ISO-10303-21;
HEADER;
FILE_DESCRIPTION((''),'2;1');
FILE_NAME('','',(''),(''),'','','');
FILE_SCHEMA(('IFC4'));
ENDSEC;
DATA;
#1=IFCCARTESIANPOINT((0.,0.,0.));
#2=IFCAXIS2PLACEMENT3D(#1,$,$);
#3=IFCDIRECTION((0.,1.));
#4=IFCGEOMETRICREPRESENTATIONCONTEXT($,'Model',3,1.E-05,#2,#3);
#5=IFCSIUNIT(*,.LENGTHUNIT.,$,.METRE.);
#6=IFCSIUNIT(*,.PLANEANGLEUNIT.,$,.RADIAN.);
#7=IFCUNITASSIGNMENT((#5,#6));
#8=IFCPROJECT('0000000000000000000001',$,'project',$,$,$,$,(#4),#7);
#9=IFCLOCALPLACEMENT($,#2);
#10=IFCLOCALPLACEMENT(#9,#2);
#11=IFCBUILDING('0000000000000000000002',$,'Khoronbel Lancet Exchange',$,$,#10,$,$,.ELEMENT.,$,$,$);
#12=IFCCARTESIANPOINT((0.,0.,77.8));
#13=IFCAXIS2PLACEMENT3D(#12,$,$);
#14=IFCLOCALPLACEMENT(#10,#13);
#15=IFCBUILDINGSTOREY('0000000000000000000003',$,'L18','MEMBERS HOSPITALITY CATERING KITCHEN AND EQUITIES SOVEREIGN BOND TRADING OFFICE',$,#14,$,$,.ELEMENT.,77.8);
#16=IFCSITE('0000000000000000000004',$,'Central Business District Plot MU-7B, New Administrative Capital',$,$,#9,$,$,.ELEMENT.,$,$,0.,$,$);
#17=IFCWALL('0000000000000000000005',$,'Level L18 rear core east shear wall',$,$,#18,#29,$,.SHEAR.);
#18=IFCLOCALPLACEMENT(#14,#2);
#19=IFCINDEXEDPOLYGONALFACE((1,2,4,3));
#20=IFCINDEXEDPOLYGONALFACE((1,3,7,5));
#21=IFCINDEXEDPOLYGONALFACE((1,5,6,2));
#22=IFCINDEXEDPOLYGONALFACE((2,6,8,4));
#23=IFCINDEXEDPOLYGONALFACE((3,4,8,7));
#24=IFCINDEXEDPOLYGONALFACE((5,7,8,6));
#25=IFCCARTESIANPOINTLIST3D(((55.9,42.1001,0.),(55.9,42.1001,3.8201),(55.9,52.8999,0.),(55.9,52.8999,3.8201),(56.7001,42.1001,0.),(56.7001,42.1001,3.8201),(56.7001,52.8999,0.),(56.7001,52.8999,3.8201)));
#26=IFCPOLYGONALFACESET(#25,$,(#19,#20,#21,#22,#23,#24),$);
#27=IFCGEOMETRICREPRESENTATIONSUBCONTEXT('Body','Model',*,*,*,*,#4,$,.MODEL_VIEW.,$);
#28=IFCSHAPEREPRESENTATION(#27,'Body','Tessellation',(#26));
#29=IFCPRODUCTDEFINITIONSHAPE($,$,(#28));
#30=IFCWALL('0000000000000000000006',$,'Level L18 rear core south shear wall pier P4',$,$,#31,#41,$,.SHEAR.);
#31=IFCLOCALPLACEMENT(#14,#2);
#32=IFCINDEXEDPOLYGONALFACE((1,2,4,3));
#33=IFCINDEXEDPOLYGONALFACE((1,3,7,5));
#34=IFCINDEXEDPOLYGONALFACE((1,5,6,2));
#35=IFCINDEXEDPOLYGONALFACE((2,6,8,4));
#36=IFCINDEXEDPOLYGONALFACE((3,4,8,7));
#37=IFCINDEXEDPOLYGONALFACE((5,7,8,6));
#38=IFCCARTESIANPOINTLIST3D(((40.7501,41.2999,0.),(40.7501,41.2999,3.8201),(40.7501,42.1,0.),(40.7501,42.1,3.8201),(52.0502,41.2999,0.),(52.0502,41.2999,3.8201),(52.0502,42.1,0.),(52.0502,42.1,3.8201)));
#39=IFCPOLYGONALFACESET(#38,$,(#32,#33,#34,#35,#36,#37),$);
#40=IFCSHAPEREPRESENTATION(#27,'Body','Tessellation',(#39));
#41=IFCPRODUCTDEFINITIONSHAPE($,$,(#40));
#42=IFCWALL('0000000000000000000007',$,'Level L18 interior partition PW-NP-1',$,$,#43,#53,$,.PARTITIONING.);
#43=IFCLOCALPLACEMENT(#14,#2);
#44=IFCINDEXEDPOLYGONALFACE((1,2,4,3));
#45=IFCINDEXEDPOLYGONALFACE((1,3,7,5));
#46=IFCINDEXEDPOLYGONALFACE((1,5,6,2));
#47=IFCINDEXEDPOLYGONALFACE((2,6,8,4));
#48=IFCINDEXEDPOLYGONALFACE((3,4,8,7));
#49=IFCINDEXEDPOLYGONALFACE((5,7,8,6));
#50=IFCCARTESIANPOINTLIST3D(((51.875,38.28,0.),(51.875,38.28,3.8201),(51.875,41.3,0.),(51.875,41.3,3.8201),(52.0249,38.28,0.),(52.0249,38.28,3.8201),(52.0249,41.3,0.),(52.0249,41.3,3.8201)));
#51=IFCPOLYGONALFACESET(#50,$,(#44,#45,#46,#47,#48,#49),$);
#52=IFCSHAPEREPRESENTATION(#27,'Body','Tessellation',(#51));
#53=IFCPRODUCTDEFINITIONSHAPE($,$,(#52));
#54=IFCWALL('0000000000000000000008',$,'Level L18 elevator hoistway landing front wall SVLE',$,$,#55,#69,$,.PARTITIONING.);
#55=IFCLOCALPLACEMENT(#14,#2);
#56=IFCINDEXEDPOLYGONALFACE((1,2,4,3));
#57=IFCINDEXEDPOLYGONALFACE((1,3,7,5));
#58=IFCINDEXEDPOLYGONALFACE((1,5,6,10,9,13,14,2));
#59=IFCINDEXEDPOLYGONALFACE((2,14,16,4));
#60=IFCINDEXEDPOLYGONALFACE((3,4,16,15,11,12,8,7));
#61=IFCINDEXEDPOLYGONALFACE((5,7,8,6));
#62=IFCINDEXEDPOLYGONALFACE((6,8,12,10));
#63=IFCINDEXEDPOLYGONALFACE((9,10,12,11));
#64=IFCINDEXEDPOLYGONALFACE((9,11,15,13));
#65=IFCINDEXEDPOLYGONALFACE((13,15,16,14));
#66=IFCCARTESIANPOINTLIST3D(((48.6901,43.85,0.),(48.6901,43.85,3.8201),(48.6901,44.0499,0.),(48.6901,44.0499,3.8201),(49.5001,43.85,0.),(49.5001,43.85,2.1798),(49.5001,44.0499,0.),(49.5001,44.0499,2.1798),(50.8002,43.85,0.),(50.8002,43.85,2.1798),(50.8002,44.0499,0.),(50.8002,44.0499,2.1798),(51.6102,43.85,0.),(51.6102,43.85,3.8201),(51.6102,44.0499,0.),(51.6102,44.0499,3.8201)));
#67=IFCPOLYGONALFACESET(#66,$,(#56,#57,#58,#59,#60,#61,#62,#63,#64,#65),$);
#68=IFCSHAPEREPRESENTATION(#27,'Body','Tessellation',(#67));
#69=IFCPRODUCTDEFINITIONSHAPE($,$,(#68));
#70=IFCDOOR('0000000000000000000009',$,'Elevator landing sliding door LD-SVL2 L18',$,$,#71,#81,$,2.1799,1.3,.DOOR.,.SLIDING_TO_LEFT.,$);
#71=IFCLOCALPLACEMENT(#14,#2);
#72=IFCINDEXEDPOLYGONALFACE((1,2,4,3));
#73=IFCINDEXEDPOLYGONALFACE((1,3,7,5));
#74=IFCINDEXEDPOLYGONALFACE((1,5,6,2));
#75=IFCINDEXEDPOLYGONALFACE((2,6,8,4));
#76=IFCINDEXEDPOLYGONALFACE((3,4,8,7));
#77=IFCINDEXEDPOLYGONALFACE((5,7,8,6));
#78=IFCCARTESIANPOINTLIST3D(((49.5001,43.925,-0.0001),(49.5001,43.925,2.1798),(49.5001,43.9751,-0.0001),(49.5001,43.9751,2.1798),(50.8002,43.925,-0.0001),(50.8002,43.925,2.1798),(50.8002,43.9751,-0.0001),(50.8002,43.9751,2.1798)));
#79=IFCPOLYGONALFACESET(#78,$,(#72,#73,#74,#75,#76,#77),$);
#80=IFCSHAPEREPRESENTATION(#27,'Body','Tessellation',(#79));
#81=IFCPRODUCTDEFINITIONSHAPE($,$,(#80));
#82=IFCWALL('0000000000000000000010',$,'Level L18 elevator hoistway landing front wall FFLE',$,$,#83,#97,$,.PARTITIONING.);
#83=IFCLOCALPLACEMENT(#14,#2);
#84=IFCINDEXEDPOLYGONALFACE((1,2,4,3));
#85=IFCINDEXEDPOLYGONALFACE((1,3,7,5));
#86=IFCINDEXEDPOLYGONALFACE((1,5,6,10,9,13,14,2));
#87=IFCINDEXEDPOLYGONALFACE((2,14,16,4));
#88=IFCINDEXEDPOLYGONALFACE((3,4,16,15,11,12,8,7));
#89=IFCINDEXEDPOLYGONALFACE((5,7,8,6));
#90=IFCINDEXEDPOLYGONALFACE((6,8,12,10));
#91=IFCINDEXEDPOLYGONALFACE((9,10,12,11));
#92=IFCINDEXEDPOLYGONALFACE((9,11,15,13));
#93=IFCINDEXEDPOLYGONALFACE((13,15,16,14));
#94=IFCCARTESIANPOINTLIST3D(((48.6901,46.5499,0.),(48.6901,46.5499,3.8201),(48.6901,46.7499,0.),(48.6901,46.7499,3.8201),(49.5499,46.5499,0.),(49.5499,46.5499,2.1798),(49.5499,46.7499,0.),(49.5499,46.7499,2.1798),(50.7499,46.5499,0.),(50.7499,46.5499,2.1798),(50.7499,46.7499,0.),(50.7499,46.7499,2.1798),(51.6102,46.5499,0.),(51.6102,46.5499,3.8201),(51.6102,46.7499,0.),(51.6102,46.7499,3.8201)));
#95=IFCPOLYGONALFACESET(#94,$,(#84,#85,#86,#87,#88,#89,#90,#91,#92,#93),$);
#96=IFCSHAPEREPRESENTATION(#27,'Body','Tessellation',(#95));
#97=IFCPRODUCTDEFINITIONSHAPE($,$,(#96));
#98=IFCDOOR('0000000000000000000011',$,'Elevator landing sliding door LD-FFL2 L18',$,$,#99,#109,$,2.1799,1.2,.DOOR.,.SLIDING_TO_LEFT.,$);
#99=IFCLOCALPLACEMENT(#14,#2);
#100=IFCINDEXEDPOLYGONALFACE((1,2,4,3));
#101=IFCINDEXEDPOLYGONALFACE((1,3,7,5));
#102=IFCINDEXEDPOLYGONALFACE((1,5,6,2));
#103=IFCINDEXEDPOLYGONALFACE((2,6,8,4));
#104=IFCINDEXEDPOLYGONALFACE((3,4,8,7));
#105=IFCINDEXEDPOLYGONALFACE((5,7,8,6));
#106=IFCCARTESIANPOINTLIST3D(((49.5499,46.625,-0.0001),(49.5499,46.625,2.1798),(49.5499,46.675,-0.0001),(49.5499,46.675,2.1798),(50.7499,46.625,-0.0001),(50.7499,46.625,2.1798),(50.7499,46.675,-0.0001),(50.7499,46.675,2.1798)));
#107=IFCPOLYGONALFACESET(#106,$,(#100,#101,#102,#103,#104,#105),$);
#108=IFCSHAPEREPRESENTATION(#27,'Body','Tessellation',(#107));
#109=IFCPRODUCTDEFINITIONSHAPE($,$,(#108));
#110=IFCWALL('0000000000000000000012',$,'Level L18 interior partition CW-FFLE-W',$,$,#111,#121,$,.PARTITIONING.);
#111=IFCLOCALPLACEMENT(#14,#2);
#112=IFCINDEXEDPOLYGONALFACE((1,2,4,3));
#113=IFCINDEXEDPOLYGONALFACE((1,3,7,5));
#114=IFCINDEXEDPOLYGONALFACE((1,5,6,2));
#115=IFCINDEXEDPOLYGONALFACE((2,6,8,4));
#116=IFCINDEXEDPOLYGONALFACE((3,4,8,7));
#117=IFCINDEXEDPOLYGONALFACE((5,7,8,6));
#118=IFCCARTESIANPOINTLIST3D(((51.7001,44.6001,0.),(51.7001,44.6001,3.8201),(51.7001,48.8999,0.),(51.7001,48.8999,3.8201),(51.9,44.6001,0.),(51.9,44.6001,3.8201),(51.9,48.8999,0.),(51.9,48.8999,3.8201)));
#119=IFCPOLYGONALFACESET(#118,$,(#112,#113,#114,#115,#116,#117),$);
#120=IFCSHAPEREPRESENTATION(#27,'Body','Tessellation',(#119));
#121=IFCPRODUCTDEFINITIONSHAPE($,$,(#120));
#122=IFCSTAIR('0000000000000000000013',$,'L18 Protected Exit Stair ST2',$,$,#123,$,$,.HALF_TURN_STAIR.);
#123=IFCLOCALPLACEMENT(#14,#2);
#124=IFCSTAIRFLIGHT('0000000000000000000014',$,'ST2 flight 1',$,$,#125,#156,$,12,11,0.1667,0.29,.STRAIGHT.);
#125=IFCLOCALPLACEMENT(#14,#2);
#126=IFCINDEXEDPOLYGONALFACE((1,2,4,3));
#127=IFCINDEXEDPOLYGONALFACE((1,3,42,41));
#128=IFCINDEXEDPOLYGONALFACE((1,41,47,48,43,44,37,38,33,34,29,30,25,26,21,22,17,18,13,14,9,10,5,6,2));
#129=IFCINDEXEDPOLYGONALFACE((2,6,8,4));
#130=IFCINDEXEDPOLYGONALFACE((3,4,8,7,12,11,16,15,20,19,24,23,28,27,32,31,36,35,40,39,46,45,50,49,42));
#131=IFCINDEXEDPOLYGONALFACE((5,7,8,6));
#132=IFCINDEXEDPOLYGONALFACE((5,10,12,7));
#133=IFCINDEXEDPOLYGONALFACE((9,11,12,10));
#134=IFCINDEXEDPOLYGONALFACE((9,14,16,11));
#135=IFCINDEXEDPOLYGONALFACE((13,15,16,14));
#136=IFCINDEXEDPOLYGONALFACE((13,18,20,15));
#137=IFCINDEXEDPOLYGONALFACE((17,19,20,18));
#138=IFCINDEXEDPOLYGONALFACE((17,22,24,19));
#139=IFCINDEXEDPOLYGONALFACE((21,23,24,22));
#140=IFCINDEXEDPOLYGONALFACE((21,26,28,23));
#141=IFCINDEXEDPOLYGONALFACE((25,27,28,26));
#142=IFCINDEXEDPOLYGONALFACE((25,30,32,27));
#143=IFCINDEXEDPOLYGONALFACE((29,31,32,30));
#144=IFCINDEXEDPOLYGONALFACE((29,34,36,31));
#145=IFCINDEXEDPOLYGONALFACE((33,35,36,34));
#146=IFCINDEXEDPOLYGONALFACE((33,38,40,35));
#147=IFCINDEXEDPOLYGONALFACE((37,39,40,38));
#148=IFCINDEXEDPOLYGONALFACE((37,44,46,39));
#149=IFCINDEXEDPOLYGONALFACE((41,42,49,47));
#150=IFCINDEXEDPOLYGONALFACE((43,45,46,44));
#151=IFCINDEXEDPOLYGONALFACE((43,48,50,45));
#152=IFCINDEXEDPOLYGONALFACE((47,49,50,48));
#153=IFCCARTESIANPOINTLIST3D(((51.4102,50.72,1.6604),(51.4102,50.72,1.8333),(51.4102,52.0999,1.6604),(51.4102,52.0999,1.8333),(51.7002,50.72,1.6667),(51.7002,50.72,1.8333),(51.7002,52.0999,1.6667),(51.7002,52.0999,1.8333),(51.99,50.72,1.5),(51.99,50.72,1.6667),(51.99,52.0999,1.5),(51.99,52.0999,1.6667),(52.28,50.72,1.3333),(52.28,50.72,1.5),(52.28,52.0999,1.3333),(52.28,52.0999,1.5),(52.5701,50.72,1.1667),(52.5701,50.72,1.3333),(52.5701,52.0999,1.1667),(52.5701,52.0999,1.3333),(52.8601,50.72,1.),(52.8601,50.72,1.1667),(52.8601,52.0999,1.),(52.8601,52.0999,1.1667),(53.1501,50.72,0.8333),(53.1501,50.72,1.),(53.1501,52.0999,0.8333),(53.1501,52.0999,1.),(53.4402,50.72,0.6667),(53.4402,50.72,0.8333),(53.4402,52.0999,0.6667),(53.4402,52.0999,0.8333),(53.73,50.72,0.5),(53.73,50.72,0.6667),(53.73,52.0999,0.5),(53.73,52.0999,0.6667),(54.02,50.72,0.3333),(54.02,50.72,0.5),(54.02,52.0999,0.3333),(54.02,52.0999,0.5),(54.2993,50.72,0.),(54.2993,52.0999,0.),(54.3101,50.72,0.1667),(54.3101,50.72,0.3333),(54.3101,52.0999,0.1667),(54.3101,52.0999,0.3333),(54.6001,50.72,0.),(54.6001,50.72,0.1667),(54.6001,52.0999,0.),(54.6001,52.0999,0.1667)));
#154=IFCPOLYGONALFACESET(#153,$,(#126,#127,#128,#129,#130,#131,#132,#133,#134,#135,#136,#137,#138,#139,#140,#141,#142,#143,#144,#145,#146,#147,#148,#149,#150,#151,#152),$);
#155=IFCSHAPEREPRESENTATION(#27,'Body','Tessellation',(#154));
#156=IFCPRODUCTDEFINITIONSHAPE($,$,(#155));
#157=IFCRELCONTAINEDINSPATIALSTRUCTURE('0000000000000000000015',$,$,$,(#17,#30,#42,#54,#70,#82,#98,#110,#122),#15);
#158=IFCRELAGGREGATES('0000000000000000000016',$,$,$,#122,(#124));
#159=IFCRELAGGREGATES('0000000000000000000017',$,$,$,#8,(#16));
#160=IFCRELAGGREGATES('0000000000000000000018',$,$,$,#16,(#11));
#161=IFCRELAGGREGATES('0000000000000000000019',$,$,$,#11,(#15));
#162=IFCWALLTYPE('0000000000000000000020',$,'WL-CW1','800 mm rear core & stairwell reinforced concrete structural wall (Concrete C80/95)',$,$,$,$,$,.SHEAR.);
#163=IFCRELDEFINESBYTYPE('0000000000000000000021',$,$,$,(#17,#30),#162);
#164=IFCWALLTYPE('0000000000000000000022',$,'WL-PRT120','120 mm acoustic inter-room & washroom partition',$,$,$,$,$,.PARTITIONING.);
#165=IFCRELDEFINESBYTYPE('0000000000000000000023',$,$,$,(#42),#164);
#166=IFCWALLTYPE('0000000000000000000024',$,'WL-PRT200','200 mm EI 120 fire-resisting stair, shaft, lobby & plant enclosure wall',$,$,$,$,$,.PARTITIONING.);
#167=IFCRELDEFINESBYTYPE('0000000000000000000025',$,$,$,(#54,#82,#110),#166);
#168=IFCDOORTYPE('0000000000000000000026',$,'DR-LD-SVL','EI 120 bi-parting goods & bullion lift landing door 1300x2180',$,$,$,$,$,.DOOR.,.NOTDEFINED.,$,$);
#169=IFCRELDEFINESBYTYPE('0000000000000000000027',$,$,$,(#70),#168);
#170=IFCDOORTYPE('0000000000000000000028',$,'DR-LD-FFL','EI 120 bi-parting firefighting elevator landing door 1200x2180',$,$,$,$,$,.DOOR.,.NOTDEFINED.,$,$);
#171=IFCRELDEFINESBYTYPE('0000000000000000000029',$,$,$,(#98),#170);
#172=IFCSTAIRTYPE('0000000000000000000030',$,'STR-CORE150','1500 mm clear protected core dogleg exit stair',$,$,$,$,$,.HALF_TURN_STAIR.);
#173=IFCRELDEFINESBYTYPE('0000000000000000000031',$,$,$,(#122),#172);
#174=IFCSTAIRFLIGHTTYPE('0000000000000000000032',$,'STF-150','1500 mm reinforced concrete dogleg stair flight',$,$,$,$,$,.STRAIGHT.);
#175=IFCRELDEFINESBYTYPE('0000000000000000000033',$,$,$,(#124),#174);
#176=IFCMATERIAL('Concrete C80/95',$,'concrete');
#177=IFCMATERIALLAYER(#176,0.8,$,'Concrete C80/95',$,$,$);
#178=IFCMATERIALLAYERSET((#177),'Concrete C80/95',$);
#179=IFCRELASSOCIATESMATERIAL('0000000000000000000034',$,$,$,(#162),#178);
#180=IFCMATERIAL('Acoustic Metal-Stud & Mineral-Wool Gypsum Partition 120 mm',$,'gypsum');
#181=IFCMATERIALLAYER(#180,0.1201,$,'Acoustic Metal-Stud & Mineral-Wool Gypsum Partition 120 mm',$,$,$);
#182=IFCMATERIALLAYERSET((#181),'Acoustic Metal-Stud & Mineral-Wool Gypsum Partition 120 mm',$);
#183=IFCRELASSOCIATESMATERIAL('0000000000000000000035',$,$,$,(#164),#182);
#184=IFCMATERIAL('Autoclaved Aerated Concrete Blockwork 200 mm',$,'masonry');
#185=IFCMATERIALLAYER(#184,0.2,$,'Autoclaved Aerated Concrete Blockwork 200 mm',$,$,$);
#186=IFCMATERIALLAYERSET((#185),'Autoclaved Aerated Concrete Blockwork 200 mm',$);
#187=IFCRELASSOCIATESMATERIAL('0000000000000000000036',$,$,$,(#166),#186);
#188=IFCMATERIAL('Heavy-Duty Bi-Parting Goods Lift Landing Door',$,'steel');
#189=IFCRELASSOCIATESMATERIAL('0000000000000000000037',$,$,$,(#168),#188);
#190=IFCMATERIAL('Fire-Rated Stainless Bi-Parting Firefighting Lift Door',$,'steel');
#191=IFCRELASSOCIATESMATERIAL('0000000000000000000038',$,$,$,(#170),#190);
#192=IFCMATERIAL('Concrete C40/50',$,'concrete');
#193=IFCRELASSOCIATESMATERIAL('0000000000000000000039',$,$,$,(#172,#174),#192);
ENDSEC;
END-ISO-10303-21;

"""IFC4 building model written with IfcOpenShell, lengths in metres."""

from ifc_helpers import new_model, si_unit, direction, frame, frame_2d, origin, place, context, subcontext, project, spatial, polyline, rectangle, outline, extrude, material, layer, layer_set, type_object, element, fill, aggregate, save


model = new_model("IFC4")

# Units and contexts
model_context = context("Model", 3, precision=1e-05, world=origin(), true_north=direction((0.0, 1.0)))
body_context = subcontext(model_context, "Body", "Model", "MODEL_VIEW")
ifc_project = project(units=[si_unit("LENGTHUNIT", "METRE"), si_unit("PLANEANGLEUNIT", "RADIAN")], contexts=[model_context])

# Site, building, storey
site_placement = place(None, origin())
site = spatial("IfcSite", under=ifc_project, at=site_placement, Name="Central Business District Plot MU-7B, New Administrative Capital", CompositionType="ELEMENT", RefElevation=0.0)
building_placement = place(site_placement, origin())
building = spatial("IfcBuilding", under=site, at=building_placement, Name="Khoronbel Lancet Exchange", CompositionType="ELEMENT")
storey_placement = place(building_placement, frame((0.0, 0.0, 77.8)))
storey = spatial("IfcBuildingStorey", under=building, at=storey_placement, Name="L18", Description="MEMBERS HOSPITALITY CATERING KITCHEN AND EQUITIES SOVEREIGN BOND TRADING OFFICE", CompositionType="ELEMENT", Elevation=77.8)

# Shared definitions
ifc_material_1 = material(Name="Concrete C80/95", Category="concrete")

# Walls
ifc_layer_1 = layer(ifc_material_1, 0.8, Name="Concrete C80/95")
ifc_layer_set_1 = layer_set([ifc_layer_1], Name="Concrete C80/95")
wall_type_1 = type_object("IfcWallType", Name="WL-CW1", Description="800 mm rear core & stairwell reinforced concrete structural wall (Concrete C80/95)", PredefinedType="SHEAR", material=ifc_layer_set_1)
wall_1_placement = place(storey_placement, frame((56.3, 52.8999, 0.0), z_axis=(0.0, 0.0, 1.0), x_axis=(0.0, -1.0, 0.0)))
element("IfcWall", 1, at=wall_1_placement, inside=storey, type_object=wall_type_1, Name="Level L18 rear core east shear wall", PredefinedType="SHEAR", context=body_context, shape_type="SweptSolid", body=[
    extrude(rectangle(XDim=10.7998, YDim=0.8, at=frame_2d((5.3999, 0.0))), origin(), (0.0, 0.0, 1.0), 3.8201),
])
wall_2_placement = place(storey_placement, frame((52.05, 41.7, 0.0), z_axis=(0.0, 0.0, 1.0), x_axis=(-1.0, 0.0, 0.0)))
element("IfcWall", 2, at=wall_2_placement, inside=storey, type_object=wall_type_1, Name="Level L18 rear core south shear wall pier P4", PredefinedType="SHEAR", context=body_context, shape_type="SweptSolid", body=[
    extrude(rectangle(XDim=11.3, YDim=0.8, at=frame_2d((5.6499, 0.0))), origin(), (0.0, 0.0, 1.0), 3.8201),
])
ifc_material_2 = material(Name="Acoustic Metal-Stud & Mineral-Wool Gypsum Partition 120 mm", Category="gypsum")
ifc_layer_2 = layer(ifc_material_2, 0.1201, Name="Acoustic Metal-Stud & Mineral-Wool Gypsum Partition 120 mm")
ifc_layer_set_2 = layer_set([ifc_layer_2], Name="Acoustic Metal-Stud & Mineral-Wool Gypsum Partition 120 mm")
wall_type_2 = type_object("IfcWallType", Name="WL-PRT120", Description="120 mm acoustic inter-room & washroom partition", PredefinedType="PARTITIONING", material=ifc_layer_set_2)
wall_3_placement = place(storey_placement, frame((51.95, 38.28, 0.0), z_axis=(0.0, 0.0, 1.0), x_axis=(0.0, 1.0, 0.0)))
element("IfcWall", 3, at=wall_3_placement, inside=storey, type_object=wall_type_2, Name="Level L18 interior partition PW-NP-1", PredefinedType="PARTITIONING", context=body_context, shape_type="SweptSolid", body=[
    extrude(rectangle(XDim=3.02, YDim=0.1499, at=frame_2d((1.51, 0.0))), origin(), (0.0, 0.0, 1.0), 3.8201),
])

# Walls, openings, doors
ifc_material_3 = material(Name="Autoclaved Aerated Concrete Blockwork 200 mm", Category="masonry")
ifc_layer_3 = layer(ifc_material_3, 0.2, Name="Autoclaved Aerated Concrete Blockwork 200 mm")
ifc_layer_set_3 = layer_set([ifc_layer_3], Name="Autoclaved Aerated Concrete Blockwork 200 mm")
wall_type_3 = type_object("IfcWallType", Name="WL-PRT200", Description="200 mm EI 120 fire-resisting stair, shaft, lobby & plant enclosure wall", PredefinedType="PARTITIONING", material=ifc_layer_set_3)
wall_4_placement = place(storey_placement, frame((51.6101, 43.95, 0.0), z_axis=(0.0, 0.0, 1.0), x_axis=(-1.0, 0.0, 0.0)))
wall_4 = element("IfcWall", 4, at=wall_4_placement, inside=storey, type_object=wall_type_3, Name="Level L18 elevator hoistway landing front wall SVLE", PredefinedType="PARTITIONING", context=body_context, shape_type="SweptSolid", body=[
    extrude(rectangle(XDim=2.9202, YDim=0.2, at=frame_2d((1.46, 0.0))), origin(), (0.0, 0.0, 1.0), 3.8201),
])
opening_1_placement = place(wall_4_placement, frame((0.8101, 0.0, 0.0)))
opening_1 = element("IfcOpeningElement", 5, at=opening_1_placement, cuts=wall_4, PredefinedType="OPENING", context=body_context, shape_type="SweptSolid", body=[
    extrude(rectangle(XDim=1.3, YDim=2.1799, at=frame_2d((0.6499, 1.0898))), frame((0.0, 0.1099, 0.0), z_axis=(0.0, -1.0, 0.0), x_axis=(1.0, 0.0, 0.0)), (0.0, 0.0, 1.0), 0.22),
])
ifc_material_4 = material(Name="Heavy-Duty Bi-Parting Goods Lift Landing Door", Category="steel")
door_type_1 = type_object("IfcDoorType", Name="DR-LD-SVL", Description="EI 120 bi-parting goods & bullion lift landing door 1300x2180", OperationType="NOTDEFINED", PredefinedType="DOOR", material=ifc_material_4)
door_1_placement = place(opening_1_placement, origin())
door_1 = element("IfcDoor", 6, at=door_1_placement, inside=storey, type_object=door_type_1, Name="Elevator landing sliding door LD-SVL2 L18", OperationType="SLIDING_TO_LEFT", OverallHeight=2.1799, OverallWidth=1.3, PredefinedType="DOOR", context=body_context, shape_type="SweptSolid", body=[
    extrude(rectangle(XDim=1.3, YDim=2.1799, at=frame_2d((0.6499, 1.0898))), frame((0.0, 0.0249, 0.0), z_axis=(0.0, -1.0, 0.0), x_axis=(1.0, 0.0, 0.0)), (0.0, 0.0, 1.0), 0.05),
])
fill(opening_1, door_1)
wall_5_placement = place(storey_placement, frame((51.6101, 46.6499, 0.0), z_axis=(0.0, 0.0, 1.0), x_axis=(-1.0, 0.0, 0.0)))
wall_5 = element("IfcWall", 7, at=wall_5_placement, inside=storey, type_object=wall_type_3, Name="Level L18 elevator hoistway landing front wall FFLE", PredefinedType="PARTITIONING", context=body_context, shape_type="SweptSolid", body=[
    extrude(rectangle(XDim=2.9202, YDim=0.2, at=frame_2d((1.46, 0.0))), origin(), (0.0, 0.0, 1.0), 3.8201),
])
opening_2_placement = place(wall_5_placement, frame((0.8601, 0.0, 0.0)))
opening_2 = element("IfcOpeningElement", 8, at=opening_2_placement, cuts=wall_5, PredefinedType="OPENING", context=body_context, shape_type="SweptSolid", body=[
    extrude(rectangle(XDim=1.2, YDim=2.1799, at=frame_2d((0.6001, 1.0898))), frame((0.0, 0.1099, 0.0), z_axis=(0.0, -1.0, 0.0), x_axis=(1.0, 0.0, 0.0)), (0.0, 0.0, 1.0), 0.22),
])
ifc_material_5 = material(Name="Fire-Rated Stainless Bi-Parting Firefighting Lift Door", Category="steel")
door_type_2 = type_object("IfcDoorType", Name="DR-LD-FFL", Description="EI 120 bi-parting firefighting elevator landing door 1200x2180", OperationType="NOTDEFINED", PredefinedType="DOOR", material=ifc_material_5)
door_2_placement = place(opening_2_placement, origin())
door_2 = element("IfcDoor", 9, at=door_2_placement, inside=storey, type_object=door_type_2, Name="Elevator landing sliding door LD-FFL2 L18", OperationType="SLIDING_TO_LEFT", OverallHeight=2.1799, OverallWidth=1.2, PredefinedType="DOOR", context=body_context, shape_type="SweptSolid", body=[
    extrude(rectangle(XDim=1.2, YDim=2.1799, at=frame_2d((0.6001, 1.0898))), frame((0.0, 0.0249, 0.0), z_axis=(0.0, -1.0, 0.0), x_axis=(1.0, 0.0, 0.0)), (0.0, 0.0, 1.0), 0.05),
])
fill(opening_2, door_2)

# Wall
wall_6_placement = place(storey_placement, frame((51.8, 44.6001, 0.0), z_axis=(0.0, 0.0, 1.0), x_axis=(0.0, 1.0, 0.0)))
element("IfcWall", 10, at=wall_6_placement, inside=storey, type_object=wall_type_3, Name="Level L18 interior partition CW-FFLE-W", PredefinedType="PARTITIONING", context=body_context, shape_type="SweptSolid", body=[
    extrude(rectangle(XDim=4.2998, YDim=0.2, at=frame_2d((2.1499, 0.0))), origin(), (0.0, 0.0, 1.0), 3.8201),
])

# Stair, stair flight
ifc_material_6 = material(Name="Concrete C40/50", Category="concrete")
stair_type = type_object("IfcStairType", Name="STR-CORE150", Description="1500 mm clear protected core dogleg exit stair", PredefinedType="HALF_TURN_STAIR", material=ifc_material_6)
stair_placement = place(storey_placement, origin())
stair = element("IfcStair", 11, at=stair_placement, inside=storey, type_object=stair_type, Name="L18 Protected Exit Stair ST2", PredefinedType="HALF_TURN_STAIR")
stair_flight_type = type_object("IfcStairFlightType", Name="STF-150", Description="1500 mm reinforced concrete dogleg stair flight", PredefinedType="STRAIGHT", material=ifc_material_6)
stair_flight_placement = place(storey_placement, frame((54.6001, 51.4099, 0.0), z_axis=(0.0, 0.0, 1.0), x_axis=(-1.0, 0.0, 0.0)))
stair_flight = element("IfcStairFlight", 12, at=stair_flight_placement, type_object=stair_flight_type, Name="ST2 flight 1", NumberOfRisers=12, NumberOfTreads=11, PredefinedType="STRAIGHT", RiserHeight=0.1667, TreadLength=0.29, context=body_context, shape_type="SweptSolid", body=[
    extrude(outline(polyline([(0.0, 0.0), (0.0, 0.1667), (0.29, 0.1667), (0.29, 0.3333), (0.5801, 0.3333), (0.5801, 0.5), (0.8701, 0.5), (0.8701, 0.6667), (1.1599, 0.6667), (1.1599, 0.8333), (1.45, 0.8333), (1.45, 1.0), (1.74, 1.0), (1.74, 1.1667), (2.03, 1.1667), (2.03, 1.3333), (2.3201, 1.3333), (2.3201, 1.5), (2.6101, 1.5), (2.6101, 1.6667), (2.8999, 1.6667), (2.8999, 1.8333), (3.1899, 1.8333), (3.1899, 2.0), (3.1899, 1.6604), (0.3008, 0.0), (0.0, 0.0)])), frame((0.0, 0.6899, 0.0), z_axis=(0.0, -1.0, 0.0), x_axis=(1.0, 0.0, 0.0)), (0.0, 0.0, 1.0), 1.3799),
])
aggregate(stair, [stair_flight])

save(model, "model.ifc")
